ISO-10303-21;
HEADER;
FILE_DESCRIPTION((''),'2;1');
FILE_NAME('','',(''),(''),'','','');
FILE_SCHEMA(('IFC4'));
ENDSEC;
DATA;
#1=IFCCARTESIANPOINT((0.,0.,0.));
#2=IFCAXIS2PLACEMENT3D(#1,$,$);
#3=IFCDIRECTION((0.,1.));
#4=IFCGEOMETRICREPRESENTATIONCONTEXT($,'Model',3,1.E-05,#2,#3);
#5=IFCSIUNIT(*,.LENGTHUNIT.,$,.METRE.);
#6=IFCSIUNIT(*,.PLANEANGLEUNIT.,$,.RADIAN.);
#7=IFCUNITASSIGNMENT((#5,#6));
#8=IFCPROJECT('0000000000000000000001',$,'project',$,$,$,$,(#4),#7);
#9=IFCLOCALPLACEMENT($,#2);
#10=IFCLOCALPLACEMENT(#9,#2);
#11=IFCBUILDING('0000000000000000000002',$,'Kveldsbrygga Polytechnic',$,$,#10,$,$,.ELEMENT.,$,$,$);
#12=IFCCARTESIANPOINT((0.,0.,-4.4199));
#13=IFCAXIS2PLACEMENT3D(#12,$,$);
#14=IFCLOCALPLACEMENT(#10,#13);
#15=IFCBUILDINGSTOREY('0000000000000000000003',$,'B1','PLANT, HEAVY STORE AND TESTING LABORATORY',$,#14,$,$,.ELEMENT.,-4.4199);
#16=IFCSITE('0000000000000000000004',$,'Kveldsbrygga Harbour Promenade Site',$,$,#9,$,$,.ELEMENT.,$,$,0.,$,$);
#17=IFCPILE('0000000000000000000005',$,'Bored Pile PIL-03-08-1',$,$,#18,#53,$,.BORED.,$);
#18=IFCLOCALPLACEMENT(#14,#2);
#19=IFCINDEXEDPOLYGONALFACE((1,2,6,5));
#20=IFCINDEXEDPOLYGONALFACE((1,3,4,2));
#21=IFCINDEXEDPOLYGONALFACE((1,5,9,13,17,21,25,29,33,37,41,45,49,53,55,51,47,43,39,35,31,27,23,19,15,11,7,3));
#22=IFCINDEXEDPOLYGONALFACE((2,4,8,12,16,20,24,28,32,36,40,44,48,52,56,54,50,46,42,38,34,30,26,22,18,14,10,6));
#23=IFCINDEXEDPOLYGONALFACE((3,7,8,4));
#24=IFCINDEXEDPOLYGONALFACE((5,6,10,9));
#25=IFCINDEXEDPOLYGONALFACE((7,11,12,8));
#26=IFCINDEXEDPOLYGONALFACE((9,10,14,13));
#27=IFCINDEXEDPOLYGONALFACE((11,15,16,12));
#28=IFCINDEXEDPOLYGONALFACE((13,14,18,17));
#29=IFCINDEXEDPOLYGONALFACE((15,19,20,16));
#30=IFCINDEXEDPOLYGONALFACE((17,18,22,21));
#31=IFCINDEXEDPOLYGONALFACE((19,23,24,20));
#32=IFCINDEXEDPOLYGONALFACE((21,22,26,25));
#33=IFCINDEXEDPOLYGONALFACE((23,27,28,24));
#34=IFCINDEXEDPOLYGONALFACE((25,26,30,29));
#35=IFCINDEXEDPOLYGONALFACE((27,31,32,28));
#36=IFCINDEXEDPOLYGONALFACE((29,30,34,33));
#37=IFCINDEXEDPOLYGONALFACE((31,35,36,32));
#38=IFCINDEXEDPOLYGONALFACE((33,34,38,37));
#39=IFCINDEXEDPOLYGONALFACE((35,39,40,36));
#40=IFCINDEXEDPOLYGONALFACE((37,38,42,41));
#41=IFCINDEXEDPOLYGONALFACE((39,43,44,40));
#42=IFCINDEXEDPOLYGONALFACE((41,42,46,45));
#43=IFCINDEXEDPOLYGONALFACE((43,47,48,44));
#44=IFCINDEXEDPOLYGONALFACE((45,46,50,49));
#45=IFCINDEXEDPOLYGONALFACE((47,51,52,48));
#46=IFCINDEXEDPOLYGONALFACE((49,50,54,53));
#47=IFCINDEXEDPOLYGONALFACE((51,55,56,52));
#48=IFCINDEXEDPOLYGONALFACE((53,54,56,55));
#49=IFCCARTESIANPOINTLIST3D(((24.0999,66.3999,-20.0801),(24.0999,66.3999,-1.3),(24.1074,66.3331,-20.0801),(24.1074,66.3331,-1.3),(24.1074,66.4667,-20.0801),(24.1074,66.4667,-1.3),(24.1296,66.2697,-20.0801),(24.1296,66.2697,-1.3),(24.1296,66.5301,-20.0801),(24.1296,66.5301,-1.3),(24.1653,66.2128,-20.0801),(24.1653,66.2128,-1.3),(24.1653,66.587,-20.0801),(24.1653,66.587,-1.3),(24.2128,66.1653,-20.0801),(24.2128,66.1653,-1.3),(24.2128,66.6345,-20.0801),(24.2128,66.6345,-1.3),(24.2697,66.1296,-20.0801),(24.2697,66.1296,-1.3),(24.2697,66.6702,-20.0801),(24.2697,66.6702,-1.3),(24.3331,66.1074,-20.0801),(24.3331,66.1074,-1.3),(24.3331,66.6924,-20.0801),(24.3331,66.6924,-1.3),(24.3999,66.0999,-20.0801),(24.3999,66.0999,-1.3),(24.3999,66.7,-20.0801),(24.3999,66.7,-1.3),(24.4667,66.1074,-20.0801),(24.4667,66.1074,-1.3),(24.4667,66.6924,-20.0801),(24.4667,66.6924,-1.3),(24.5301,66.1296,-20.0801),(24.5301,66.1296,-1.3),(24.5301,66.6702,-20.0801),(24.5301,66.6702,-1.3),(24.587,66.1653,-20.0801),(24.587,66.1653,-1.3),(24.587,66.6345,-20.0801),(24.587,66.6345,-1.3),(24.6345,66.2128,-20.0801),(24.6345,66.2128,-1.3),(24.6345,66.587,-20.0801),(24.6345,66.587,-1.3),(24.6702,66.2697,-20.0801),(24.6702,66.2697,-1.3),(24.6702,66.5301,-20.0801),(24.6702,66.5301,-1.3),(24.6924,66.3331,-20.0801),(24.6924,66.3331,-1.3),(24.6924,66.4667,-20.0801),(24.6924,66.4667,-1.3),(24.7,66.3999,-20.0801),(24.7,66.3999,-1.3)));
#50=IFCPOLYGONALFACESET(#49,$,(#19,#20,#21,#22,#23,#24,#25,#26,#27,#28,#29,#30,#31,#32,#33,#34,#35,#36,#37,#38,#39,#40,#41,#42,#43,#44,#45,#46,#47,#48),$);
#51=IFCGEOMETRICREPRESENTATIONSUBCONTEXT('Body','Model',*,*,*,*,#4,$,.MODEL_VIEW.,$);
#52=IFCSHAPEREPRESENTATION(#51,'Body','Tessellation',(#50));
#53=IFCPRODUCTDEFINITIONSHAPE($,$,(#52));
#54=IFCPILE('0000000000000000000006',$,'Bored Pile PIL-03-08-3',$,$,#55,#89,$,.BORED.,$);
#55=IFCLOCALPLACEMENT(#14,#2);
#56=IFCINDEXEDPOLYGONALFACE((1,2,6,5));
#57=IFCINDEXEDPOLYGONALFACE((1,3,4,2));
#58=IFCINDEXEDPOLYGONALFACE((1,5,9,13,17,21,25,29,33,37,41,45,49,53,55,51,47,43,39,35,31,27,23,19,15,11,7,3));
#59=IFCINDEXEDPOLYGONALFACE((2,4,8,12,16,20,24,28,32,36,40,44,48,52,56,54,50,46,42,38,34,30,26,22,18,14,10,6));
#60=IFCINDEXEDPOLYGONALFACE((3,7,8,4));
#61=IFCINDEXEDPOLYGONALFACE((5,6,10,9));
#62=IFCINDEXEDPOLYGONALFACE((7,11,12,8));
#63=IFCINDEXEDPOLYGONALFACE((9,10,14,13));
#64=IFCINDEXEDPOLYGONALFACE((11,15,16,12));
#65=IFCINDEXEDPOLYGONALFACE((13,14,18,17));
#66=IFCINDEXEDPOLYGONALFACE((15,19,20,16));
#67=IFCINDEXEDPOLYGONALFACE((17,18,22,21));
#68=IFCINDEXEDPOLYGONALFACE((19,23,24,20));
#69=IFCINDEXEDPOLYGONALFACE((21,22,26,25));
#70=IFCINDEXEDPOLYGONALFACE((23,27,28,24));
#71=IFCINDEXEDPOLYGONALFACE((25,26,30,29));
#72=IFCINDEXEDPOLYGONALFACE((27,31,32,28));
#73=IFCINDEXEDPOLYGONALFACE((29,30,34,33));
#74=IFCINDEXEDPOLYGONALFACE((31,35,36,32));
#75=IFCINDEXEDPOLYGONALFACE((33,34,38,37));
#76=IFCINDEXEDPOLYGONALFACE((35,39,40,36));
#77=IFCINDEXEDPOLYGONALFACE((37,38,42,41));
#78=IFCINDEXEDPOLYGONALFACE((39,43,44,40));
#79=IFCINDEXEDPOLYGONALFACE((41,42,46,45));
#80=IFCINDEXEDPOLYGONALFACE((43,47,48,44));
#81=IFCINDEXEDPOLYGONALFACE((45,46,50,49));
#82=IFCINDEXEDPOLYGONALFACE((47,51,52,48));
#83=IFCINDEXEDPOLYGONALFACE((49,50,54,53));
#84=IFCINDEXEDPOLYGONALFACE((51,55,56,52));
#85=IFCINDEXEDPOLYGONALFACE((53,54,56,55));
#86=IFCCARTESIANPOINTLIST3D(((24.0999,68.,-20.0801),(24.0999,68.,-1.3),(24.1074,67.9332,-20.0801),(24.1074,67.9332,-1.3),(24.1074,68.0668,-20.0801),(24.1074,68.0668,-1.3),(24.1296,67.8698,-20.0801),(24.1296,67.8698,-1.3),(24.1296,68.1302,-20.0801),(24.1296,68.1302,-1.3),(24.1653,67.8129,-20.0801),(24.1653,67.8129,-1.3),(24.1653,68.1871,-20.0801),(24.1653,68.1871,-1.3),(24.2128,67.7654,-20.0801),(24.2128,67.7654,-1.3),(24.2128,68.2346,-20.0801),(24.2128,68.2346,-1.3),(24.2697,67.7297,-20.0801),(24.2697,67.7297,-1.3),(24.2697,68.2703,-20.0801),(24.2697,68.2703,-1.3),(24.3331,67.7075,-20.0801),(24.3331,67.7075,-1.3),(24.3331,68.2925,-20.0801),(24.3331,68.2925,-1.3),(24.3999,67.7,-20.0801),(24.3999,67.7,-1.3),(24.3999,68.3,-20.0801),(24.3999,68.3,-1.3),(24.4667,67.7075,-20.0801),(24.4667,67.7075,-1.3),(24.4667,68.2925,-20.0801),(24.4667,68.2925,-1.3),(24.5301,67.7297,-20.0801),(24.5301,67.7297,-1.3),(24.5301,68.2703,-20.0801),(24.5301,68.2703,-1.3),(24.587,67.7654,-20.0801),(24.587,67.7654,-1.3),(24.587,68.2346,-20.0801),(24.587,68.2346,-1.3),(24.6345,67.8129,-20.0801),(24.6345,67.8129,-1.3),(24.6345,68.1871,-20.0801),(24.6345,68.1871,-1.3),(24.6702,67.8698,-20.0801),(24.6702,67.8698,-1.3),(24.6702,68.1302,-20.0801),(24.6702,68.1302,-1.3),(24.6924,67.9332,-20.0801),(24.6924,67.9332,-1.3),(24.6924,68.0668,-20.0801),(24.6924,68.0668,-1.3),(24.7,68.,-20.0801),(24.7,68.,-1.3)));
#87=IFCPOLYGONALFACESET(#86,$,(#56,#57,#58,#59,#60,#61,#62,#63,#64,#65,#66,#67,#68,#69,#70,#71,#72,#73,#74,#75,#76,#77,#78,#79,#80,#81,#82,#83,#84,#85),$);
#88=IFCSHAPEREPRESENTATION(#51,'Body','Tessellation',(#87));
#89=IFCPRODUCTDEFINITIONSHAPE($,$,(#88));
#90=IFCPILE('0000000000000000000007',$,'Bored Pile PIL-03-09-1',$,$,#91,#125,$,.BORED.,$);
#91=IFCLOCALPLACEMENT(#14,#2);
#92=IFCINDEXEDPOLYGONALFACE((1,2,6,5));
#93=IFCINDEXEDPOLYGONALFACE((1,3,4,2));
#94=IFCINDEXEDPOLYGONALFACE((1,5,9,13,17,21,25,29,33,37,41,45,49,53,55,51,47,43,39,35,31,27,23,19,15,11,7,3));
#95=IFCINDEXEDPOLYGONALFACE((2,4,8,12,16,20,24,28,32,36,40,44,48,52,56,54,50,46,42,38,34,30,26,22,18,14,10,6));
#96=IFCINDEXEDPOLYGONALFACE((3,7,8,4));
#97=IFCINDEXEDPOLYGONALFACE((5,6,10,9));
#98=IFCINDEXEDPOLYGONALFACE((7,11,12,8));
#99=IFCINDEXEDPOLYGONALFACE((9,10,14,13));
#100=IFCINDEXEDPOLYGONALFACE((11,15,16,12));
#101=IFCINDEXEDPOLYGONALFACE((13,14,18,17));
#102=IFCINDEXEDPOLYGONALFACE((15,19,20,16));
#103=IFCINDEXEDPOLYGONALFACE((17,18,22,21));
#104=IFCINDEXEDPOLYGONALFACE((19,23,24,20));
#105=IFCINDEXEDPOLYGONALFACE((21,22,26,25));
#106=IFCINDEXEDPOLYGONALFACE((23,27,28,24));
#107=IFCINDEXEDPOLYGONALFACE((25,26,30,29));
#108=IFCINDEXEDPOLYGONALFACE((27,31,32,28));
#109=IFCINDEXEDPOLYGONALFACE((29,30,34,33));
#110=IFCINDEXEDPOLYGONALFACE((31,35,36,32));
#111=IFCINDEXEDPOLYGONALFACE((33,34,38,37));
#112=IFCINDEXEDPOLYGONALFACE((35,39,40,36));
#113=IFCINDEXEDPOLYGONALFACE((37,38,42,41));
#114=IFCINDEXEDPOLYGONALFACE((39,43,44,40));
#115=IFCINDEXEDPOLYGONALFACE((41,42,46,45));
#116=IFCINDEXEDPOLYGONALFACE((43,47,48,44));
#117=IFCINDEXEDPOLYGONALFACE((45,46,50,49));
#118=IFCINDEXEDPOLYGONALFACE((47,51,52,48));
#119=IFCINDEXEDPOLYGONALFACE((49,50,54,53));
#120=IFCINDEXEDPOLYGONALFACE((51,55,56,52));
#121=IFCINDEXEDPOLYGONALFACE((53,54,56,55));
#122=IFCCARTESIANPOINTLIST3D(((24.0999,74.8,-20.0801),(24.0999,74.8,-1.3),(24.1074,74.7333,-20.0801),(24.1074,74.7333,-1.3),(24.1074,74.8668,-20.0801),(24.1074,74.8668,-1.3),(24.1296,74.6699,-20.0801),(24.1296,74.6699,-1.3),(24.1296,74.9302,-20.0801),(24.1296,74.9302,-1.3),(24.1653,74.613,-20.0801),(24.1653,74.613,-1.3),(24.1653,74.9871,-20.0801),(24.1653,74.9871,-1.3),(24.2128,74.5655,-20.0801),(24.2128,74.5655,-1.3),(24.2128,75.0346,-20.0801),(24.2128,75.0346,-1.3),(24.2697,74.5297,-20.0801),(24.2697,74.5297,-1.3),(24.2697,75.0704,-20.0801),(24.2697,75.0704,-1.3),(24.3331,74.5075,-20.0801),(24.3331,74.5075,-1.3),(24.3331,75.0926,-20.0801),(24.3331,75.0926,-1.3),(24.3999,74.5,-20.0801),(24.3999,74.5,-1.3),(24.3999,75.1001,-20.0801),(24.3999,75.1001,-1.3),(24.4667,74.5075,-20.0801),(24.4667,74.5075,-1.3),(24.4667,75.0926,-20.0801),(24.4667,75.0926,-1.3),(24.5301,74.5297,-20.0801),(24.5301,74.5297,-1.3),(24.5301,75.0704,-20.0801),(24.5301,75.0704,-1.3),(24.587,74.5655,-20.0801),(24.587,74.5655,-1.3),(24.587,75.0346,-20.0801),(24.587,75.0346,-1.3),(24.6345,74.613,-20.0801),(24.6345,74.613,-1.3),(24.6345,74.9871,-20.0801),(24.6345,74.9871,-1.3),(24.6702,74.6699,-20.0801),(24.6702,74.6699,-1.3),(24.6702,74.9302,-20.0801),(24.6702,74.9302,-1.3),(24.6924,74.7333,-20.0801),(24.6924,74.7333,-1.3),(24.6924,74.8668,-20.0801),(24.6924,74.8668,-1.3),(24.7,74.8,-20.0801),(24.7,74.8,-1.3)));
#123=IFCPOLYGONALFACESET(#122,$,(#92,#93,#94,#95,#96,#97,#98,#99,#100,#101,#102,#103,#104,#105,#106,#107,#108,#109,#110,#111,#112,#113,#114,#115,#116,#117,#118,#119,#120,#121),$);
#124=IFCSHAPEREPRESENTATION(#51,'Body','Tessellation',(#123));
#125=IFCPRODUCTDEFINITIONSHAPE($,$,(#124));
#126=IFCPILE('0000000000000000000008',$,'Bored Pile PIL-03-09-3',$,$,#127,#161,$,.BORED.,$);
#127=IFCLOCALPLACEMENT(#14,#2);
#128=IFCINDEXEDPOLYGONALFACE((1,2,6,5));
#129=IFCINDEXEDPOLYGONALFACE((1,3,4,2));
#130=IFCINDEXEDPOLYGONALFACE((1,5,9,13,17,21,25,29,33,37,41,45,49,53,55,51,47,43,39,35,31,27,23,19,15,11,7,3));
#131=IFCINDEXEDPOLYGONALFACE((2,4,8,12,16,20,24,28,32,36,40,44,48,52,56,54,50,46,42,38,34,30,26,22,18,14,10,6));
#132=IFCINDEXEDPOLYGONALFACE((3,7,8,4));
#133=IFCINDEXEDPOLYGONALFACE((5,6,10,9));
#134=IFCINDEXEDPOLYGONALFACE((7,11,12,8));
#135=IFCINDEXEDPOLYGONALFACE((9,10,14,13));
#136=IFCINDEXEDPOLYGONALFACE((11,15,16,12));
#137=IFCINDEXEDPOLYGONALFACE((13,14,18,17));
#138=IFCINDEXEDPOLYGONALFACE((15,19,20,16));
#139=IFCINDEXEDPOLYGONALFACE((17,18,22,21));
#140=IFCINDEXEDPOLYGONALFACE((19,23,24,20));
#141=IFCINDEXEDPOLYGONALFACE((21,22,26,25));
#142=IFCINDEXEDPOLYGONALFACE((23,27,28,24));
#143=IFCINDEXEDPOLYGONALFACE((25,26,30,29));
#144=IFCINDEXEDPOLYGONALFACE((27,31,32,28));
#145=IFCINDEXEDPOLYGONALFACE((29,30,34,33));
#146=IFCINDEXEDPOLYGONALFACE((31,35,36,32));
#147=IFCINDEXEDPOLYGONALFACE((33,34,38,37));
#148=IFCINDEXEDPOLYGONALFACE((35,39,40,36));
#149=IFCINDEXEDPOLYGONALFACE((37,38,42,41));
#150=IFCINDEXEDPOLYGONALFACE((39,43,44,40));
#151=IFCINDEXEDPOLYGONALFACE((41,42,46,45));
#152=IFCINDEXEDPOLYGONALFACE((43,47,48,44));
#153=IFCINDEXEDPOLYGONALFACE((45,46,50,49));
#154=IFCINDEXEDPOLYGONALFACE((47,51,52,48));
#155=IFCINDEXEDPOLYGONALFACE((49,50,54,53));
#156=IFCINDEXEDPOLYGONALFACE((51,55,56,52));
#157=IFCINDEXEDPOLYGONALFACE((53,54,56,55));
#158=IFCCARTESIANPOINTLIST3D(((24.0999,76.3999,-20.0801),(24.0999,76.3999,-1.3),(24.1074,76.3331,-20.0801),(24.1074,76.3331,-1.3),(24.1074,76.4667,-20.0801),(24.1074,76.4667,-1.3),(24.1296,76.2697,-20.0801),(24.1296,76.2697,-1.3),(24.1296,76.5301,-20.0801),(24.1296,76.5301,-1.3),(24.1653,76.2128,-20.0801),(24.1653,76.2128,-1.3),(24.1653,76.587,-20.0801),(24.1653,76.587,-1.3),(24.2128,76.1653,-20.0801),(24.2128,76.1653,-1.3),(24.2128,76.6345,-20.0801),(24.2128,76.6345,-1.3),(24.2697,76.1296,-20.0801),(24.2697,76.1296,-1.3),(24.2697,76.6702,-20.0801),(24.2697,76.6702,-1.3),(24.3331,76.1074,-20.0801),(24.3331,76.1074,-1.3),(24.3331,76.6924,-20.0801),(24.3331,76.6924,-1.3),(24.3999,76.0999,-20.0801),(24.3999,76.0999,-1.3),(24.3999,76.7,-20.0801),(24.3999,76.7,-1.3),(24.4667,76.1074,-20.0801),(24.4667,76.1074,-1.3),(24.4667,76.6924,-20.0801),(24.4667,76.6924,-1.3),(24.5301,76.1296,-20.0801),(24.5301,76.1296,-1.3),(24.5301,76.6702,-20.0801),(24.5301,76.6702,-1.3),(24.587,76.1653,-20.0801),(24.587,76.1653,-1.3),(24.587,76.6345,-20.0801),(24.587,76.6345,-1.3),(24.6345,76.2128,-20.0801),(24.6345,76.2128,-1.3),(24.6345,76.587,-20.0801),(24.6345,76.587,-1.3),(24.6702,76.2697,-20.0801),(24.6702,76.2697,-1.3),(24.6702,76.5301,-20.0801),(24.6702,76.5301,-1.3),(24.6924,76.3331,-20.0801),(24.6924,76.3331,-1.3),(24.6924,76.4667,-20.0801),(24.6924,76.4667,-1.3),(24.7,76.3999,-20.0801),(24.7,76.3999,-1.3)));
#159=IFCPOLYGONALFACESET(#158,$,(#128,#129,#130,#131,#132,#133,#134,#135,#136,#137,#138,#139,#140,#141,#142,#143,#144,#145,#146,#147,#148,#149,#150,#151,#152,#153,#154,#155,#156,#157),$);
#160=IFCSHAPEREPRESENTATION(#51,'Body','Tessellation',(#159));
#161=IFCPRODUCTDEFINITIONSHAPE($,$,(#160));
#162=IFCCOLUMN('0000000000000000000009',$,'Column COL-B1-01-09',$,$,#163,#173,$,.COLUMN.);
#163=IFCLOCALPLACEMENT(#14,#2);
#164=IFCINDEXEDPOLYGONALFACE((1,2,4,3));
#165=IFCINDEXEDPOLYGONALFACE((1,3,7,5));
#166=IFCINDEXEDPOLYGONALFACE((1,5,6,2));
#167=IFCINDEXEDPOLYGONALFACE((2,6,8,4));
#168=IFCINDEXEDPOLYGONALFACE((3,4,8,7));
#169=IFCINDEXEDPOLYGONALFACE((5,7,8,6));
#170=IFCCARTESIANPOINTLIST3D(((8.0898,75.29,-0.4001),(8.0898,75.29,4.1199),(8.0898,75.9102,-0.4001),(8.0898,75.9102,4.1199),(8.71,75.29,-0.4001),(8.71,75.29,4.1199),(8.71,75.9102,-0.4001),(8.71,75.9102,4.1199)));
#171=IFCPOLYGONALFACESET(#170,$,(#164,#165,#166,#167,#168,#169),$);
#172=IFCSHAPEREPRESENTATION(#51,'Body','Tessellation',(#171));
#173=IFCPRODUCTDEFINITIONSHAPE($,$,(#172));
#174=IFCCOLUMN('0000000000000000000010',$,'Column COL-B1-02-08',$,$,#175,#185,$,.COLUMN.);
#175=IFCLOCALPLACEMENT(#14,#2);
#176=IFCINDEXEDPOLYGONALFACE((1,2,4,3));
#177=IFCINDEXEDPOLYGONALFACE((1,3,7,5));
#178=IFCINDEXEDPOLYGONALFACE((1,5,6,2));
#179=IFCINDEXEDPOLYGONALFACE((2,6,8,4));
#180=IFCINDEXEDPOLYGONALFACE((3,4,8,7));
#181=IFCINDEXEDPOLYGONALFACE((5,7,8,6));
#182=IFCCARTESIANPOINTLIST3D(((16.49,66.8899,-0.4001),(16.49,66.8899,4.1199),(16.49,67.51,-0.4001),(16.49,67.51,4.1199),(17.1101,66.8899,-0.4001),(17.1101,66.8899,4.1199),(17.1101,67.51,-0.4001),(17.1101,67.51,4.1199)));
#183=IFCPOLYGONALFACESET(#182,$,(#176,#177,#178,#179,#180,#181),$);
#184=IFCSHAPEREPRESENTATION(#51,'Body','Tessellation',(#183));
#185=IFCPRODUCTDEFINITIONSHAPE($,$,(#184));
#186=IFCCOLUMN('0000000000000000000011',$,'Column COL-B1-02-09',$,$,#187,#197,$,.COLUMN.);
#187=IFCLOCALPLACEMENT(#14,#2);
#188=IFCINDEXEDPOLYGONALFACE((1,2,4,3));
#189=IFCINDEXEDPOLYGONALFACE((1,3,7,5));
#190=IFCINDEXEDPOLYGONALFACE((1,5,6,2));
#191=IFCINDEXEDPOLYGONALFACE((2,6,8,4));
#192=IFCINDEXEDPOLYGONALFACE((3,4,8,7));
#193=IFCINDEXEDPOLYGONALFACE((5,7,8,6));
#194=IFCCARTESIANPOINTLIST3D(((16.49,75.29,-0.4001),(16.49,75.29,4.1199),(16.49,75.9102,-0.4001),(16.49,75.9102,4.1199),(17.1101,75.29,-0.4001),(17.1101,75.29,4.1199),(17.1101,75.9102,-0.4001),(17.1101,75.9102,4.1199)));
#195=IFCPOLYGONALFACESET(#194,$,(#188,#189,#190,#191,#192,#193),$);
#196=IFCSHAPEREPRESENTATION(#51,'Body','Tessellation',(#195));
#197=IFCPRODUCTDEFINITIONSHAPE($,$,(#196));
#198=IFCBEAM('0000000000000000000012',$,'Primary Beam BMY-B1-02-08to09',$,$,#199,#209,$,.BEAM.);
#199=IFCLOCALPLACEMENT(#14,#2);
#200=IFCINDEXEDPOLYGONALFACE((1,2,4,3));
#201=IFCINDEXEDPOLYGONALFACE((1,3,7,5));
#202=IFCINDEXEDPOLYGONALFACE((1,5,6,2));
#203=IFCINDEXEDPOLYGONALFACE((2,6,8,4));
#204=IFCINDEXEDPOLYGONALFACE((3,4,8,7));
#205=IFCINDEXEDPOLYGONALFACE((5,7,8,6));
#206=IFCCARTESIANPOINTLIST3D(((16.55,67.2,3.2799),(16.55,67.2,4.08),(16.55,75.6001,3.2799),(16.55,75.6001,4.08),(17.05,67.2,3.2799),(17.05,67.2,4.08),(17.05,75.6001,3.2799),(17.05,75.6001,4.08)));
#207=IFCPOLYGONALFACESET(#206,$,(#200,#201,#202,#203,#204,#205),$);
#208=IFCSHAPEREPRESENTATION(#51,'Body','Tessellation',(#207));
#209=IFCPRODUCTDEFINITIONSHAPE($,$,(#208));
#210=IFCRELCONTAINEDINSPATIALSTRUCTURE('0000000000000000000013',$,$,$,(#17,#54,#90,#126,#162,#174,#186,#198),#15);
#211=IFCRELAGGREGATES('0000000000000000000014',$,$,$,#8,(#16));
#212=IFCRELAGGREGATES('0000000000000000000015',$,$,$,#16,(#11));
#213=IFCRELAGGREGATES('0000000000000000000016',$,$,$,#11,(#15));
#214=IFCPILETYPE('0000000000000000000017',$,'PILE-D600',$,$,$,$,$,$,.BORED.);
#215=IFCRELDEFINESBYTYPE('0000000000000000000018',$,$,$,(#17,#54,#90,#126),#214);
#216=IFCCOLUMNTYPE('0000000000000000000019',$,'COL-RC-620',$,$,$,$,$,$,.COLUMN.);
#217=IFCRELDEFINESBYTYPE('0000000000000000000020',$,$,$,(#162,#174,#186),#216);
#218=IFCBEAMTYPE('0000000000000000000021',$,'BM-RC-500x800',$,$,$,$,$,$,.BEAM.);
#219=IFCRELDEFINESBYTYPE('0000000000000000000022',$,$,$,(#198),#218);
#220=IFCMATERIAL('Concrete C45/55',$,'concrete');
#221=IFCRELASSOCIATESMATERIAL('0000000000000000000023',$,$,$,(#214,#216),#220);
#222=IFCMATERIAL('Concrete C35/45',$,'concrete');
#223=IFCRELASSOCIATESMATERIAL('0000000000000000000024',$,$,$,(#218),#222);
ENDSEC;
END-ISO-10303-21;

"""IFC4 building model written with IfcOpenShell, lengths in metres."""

from ifc_helpers import new_model, si_unit, direction, frame, origin, origin_2d, place, context, subcontext, project, spatial, rectangle, circle, extrude, material, material_profile, profile_set, type_object, element, save


model = new_model("IFC4")

# Units and contexts
model_context = context("Model", 3, precision=1e-05, world=origin(), true_north=direction((0.0, 1.0)))
body_context = subcontext(model_context, "Body", "Model", "MODEL_VIEW")
ifc_project = project(units=[si_unit("LENGTHUNIT", "METRE"), si_unit("PLANEANGLEUNIT", "RADIAN")], contexts=[model_context])

# Site, building, storey
site_placement = place(None, origin())
site = spatial("IfcSite", under=ifc_project, at=site_placement, Name="Kveldsbrygga Harbour Promenade Site", CompositionType="ELEMENT", RefElevation=0.0)
building_placement = place(site_placement, origin())
building = spatial("IfcBuilding", under=site, at=building_placement, Name="Kveldsbrygga Polytechnic", CompositionType="ELEMENT")
storey_placement = place(building_placement, frame((0.0, 0.0, -4.4199)))
storey = spatial("IfcBuildingStorey", under=building, at=storey_placement, Name="B1", Description="PLANT, HEAVY STORE AND TESTING LABORATORY", CompositionType="ELEMENT", Elevation=-4.4199)

# Shared definitions
ifc_material_1 = material(Name="Concrete C35/45", Category="concrete")

# Piles
ifc_material_2 = material(Name="Concrete C45/55", Category="concrete")
ifc_material_profile_1 = material_profile(ifc_material_2, circle(Radius=0.3, at=origin_2d()), Name="PILE D600")
ifc_profile_set_1 = profile_set([ifc_material_profile_1], Name="Concrete C45/55")
pile_type = type_object("IfcPileType", Name="PILE-D600", PredefinedType="BORED", material=ifc_profile_set_1)
for number, where, z_axis, x_axis, name in (
    (1, (24.3999, 66.3999, -1.3), (0.0, 0.0, -1.0), (1.0, 0.0, 0.0), "Bored Pile PIL-03-08-1"),
    (2, (24.3999, 68.0, -1.3), (0.0, 0.0, -1.0), (1.0, 0.0, 0.0), "Bored Pile PIL-03-08-3"),
    (3, (24.3999, 74.8, -1.3), (0.0, 0.0, -1.0), (1.0, 0.0, 0.0), "Bored Pile PIL-03-09-1"),
    (4, (24.3999, 76.3999, -1.3), (0.0, 0.0, -1.0), (1.0, 0.0, 0.0), "Bored Pile PIL-03-09-3"),
):
    element("IfcPile", number, at=place(storey_placement, frame(where, z_axis=z_axis, x_axis=x_axis)), inside=storey, type_object=pile_type, Name=name, PredefinedType="BORED", context=body_context, shape_type="SweptSolid", body=[
        extrude(circle(Radius=0.3, at=origin_2d()), origin(), (0.0, 0.0, 1.0), 18.78),
    ])

# Columns
ifc_material_profile_2 = material_profile(ifc_material_2, rectangle(XDim=0.6201, YDim=0.6201, at=origin_2d()), Name="RC 620x620")
ifc_profile_set_2 = profile_set([ifc_material_profile_2], Name="Concrete C45/55")
column_type = type_object("IfcColumnType", Name="COL-RC-620", PredefinedType="COLUMN", material=ifc_profile_set_2)
for number, where, z_axis, x_axis, name in (
    (5, (8.3999, 75.6001, -0.4001), (0.0, 0.0, 1.0), (1.0, 0.0, 0.0), "Column COL-B1-01-09"),
    (6, (16.8, 67.2, -0.4001), (0.0, 0.0, 1.0), (1.0, 0.0, 0.0), "Column COL-B1-02-08"),
    (7, (16.8, 75.6001, -0.4001), (0.0, 0.0, 1.0), (1.0, 0.0, 0.0), "Column COL-B1-02-09"),
):
    element("IfcColumn", number, at=place(storey_placement, frame(where, z_axis=z_axis, x_axis=x_axis)), inside=storey, type_object=column_type, Name=name, PredefinedType="COLUMN", context=body_context, shape_type="SweptSolid", body=[
        extrude(rectangle(XDim=0.6201, YDim=0.6201, at=origin_2d()), origin(), (0.0, 0.0, 1.0), 4.52),
    ])

# Beam
ifc_material_profile_3 = material_profile(ifc_material_1, rectangle(XDim=0.5, YDim=0.8, at=origin_2d()), Name="RC 500x800")
ifc_profile_set_3 = profile_set([ifc_material_profile_3], Name="Concrete C35/45")
beam_type_1 = type_object("IfcBeamType", Name="BM-RC-500x800", PredefinedType="BEAM", material=ifc_profile_set_3)
beam_1_placement = place(storey_placement, frame((16.8, 67.2, 3.6799), z_axis=(0.0, 1.0, 0.0), x_axis=(-1.0, 0.0, 0.0)))
element("IfcBeam", 8, at=beam_1_placement, inside=storey, type_object=beam_type_1, Name="Primary Beam BMY-B1-02-08to09", PredefinedType="BEAM", context=body_context, shape_type="SweptSolid", body=[
    extrude(rectangle(XDim=0.5, YDim=0.8, at=origin_2d()), origin(), (0.0, 0.0, 1.0), 8.4001),
])

save(model, "model.ifc")
